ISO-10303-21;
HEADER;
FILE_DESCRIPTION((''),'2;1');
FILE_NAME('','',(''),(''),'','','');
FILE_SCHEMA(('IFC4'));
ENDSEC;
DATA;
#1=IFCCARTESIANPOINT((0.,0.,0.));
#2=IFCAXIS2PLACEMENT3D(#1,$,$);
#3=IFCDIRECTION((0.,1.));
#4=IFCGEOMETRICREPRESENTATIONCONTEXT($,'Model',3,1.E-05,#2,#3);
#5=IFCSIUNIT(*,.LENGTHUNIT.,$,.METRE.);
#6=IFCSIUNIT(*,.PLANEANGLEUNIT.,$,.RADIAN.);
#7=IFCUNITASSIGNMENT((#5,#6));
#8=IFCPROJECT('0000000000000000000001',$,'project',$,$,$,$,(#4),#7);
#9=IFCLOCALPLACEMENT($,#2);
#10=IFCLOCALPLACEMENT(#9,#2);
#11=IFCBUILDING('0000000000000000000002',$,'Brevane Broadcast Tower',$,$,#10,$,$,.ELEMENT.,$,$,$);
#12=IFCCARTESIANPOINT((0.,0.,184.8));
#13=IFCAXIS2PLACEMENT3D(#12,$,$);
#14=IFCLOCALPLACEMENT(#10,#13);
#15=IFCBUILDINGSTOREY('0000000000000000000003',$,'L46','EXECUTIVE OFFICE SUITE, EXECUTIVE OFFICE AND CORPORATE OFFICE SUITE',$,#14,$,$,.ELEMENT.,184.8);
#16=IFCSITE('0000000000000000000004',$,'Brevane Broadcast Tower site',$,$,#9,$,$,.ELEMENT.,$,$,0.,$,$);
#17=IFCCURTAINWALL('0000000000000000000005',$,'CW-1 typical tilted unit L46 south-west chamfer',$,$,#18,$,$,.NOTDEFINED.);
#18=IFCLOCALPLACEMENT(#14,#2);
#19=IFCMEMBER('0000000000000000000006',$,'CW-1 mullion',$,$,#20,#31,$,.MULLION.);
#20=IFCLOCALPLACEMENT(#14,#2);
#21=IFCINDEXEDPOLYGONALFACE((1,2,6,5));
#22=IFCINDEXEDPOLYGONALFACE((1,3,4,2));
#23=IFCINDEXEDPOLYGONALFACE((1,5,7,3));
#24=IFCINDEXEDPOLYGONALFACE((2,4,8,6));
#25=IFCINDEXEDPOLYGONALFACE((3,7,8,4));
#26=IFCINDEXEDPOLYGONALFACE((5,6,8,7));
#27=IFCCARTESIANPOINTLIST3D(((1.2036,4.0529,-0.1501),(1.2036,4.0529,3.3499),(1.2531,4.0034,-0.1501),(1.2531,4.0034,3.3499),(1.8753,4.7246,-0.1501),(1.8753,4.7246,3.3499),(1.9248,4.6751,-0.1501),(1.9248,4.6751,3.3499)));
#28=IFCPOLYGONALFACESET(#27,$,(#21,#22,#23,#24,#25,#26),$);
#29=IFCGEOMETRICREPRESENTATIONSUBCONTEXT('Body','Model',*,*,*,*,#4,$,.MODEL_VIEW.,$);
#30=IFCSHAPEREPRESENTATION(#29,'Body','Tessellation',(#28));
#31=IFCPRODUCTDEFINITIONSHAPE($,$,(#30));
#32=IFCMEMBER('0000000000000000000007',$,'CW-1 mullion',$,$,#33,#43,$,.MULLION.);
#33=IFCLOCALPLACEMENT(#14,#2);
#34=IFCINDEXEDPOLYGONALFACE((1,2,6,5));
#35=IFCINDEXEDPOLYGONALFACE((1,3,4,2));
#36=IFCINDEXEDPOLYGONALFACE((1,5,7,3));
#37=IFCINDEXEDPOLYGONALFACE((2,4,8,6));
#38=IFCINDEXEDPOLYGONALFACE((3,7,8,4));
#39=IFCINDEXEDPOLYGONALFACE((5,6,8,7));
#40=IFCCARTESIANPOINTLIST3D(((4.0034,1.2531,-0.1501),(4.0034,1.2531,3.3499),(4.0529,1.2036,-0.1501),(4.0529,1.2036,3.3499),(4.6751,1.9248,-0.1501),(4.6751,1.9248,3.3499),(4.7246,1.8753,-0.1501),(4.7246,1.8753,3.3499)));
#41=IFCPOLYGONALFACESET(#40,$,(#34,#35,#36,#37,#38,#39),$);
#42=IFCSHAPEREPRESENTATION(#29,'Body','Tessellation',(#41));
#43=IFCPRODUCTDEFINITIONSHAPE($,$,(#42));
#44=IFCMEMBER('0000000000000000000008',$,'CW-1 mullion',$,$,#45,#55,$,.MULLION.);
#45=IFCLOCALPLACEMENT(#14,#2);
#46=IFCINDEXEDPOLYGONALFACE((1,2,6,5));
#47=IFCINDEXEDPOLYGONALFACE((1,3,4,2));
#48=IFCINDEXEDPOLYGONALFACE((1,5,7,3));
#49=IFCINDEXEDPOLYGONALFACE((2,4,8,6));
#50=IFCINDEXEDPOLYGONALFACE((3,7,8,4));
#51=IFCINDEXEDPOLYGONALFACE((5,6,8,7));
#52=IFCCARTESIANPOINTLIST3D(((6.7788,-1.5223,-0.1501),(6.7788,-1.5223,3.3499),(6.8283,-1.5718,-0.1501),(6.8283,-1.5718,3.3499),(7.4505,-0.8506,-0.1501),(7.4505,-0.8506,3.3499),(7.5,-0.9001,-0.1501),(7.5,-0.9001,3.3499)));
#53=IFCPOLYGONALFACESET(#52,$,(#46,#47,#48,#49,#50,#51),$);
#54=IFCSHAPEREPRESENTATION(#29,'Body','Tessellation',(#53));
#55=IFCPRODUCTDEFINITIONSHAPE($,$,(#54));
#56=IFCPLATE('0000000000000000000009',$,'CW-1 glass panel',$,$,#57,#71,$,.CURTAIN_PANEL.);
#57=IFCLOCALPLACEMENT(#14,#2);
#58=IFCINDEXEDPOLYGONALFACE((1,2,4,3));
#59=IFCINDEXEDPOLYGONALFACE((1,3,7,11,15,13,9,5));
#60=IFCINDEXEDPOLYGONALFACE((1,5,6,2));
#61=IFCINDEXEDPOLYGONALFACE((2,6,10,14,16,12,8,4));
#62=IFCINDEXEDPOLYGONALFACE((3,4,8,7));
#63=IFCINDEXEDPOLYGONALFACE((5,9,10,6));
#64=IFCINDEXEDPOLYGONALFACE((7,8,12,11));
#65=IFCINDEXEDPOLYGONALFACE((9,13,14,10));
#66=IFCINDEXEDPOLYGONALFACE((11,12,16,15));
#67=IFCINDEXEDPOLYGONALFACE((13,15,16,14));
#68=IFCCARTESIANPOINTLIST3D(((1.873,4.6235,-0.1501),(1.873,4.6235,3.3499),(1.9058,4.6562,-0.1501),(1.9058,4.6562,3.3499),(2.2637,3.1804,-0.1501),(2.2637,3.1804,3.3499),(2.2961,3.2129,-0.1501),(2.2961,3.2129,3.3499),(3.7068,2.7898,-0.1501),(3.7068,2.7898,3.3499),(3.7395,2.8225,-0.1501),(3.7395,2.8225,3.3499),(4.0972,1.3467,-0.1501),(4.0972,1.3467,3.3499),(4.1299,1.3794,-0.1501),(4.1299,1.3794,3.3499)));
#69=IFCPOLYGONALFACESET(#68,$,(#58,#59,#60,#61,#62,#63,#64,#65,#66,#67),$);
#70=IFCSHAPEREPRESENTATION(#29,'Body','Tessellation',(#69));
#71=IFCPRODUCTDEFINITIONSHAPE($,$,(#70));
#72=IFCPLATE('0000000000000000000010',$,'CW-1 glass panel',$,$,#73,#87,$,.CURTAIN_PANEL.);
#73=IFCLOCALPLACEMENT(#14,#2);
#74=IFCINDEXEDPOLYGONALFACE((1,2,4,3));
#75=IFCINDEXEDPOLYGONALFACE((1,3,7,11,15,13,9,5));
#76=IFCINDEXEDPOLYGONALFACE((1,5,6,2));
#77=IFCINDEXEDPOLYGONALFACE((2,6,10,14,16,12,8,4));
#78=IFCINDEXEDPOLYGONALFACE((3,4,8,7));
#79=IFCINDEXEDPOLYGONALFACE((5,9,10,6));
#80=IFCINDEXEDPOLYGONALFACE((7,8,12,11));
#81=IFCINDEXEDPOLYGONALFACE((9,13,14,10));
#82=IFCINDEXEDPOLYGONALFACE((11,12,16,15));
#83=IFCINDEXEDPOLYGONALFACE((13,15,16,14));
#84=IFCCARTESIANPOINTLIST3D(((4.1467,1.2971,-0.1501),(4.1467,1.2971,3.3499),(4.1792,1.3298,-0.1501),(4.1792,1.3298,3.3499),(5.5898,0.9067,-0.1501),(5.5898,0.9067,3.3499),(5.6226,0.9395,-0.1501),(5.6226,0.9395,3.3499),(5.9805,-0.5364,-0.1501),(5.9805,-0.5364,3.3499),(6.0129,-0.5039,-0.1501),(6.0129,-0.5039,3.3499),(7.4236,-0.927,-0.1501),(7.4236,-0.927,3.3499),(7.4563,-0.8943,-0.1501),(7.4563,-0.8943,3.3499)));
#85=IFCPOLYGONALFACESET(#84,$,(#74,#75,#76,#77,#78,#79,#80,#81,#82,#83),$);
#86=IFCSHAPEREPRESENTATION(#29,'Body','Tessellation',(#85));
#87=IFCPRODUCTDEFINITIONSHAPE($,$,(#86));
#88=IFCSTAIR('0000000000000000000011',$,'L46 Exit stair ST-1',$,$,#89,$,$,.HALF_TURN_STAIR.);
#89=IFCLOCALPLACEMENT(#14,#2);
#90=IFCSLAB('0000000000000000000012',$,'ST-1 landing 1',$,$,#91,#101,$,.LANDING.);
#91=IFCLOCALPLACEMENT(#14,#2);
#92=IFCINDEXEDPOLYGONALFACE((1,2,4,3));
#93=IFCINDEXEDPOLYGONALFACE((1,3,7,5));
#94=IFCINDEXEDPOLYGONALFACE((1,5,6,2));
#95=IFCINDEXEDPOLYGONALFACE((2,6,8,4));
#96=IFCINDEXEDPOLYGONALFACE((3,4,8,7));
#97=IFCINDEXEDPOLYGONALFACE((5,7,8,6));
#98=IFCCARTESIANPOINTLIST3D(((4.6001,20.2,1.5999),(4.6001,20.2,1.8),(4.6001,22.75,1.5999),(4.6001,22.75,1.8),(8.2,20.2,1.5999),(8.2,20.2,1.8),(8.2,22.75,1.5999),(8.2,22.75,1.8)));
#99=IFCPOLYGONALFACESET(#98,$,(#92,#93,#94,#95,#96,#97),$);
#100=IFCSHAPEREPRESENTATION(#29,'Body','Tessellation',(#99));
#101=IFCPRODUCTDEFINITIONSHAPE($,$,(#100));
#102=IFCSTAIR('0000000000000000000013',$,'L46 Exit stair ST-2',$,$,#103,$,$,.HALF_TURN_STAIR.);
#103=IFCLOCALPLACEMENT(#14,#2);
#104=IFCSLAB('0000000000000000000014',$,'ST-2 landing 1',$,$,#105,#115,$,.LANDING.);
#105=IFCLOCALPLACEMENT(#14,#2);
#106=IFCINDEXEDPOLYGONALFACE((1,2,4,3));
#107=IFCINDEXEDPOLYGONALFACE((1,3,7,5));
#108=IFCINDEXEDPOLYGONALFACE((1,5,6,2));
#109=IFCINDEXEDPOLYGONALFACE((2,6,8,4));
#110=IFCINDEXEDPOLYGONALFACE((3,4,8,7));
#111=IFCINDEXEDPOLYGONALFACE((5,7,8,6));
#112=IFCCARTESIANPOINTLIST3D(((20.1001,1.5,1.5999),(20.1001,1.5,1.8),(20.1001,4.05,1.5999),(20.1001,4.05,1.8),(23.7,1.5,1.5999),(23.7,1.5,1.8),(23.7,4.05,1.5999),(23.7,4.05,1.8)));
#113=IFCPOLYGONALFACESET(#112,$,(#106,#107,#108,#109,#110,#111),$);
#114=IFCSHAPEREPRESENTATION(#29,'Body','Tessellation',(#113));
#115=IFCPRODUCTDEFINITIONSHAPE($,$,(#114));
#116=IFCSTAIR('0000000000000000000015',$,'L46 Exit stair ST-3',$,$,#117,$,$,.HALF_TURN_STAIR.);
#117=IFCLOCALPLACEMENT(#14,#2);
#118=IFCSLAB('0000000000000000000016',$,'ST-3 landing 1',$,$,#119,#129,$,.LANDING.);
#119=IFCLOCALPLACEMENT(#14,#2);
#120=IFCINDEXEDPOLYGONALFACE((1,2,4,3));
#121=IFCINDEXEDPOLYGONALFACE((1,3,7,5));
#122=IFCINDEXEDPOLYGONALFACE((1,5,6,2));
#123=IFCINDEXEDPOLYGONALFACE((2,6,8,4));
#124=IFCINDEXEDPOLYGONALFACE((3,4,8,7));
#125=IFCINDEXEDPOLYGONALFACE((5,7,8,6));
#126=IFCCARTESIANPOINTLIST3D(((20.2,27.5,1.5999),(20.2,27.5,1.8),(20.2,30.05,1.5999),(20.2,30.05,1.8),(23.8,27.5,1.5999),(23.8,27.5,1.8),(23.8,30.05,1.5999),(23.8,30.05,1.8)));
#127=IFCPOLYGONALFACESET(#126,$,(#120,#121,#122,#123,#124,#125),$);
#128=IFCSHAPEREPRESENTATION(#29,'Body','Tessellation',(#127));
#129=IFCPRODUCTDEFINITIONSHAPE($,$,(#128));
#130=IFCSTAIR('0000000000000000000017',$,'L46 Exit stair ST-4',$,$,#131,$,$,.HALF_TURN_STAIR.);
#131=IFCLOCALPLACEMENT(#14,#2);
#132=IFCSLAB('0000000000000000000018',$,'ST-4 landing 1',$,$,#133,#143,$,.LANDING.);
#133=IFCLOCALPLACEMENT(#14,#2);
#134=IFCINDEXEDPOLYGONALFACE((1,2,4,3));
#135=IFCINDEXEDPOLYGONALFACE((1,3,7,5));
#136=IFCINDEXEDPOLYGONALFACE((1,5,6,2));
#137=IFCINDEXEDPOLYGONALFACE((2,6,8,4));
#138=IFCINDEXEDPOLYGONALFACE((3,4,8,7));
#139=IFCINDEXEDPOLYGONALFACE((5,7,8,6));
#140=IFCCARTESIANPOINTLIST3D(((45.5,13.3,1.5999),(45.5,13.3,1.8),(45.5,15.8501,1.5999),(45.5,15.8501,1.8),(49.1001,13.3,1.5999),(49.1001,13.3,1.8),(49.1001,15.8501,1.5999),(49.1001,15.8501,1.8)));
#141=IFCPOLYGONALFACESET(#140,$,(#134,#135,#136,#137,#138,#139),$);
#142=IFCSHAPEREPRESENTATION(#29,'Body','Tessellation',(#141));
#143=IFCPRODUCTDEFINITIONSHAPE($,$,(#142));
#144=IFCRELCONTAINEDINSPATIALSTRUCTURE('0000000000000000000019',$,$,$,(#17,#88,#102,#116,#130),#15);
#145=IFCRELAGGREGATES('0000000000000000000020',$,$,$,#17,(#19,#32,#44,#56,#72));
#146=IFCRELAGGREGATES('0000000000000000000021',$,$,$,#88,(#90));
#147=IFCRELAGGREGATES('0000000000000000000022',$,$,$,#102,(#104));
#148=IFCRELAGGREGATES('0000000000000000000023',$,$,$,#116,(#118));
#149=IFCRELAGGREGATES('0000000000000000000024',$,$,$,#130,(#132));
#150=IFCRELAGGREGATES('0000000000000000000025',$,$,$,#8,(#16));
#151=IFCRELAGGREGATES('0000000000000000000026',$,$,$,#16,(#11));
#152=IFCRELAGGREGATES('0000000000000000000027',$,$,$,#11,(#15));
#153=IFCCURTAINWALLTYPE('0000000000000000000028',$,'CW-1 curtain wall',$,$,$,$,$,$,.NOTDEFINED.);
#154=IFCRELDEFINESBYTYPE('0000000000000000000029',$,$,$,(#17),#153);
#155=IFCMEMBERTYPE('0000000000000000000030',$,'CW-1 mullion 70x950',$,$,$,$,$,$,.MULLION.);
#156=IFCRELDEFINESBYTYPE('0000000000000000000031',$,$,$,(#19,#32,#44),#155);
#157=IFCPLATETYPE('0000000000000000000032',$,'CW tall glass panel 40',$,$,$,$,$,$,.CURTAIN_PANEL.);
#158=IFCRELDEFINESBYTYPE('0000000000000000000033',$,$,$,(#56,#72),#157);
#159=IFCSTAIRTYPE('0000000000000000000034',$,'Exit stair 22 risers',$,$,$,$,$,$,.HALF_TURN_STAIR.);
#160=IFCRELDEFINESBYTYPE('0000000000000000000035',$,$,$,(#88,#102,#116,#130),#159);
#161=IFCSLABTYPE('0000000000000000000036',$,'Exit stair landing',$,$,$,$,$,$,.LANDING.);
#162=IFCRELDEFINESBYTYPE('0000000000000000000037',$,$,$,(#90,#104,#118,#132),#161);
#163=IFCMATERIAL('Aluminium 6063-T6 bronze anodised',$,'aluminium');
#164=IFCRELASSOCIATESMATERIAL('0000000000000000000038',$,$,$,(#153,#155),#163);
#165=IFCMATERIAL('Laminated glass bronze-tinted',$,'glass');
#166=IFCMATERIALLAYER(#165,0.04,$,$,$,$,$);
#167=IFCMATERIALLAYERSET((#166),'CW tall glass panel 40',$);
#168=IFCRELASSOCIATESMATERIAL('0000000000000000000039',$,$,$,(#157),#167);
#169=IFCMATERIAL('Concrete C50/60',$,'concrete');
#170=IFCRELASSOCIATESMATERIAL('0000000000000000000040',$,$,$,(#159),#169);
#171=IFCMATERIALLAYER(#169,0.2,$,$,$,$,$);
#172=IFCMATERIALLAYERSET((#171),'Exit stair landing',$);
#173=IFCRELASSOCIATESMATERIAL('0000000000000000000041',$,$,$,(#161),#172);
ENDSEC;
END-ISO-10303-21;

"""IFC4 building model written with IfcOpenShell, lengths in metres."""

from ifc_helpers import new_model, si_unit, direction, frame, origin, origin_2d, place, context, subcontext, project, spatial, polyline, rectangle, outline, extrude, material, layer, layer_set, material_profile, profile_set, type_object, element, aggregate, save


model = new_model("IFC4")

# Units and contexts
model_context = context("Model", 3, precision=1e-05, world=origin(), true_north=direction((0.0, 1.0)))
body_context = subcontext(model_context, "Body", "Model", "MODEL_VIEW")
ifc_project = project(units=[si_unit("LENGTHUNIT", "METRE"), si_unit("PLANEANGLEUNIT", "RADIAN")], contexts=[model_context])

# Site, building, storey
site_placement = place(None, origin())
site = spatial("IfcSite", under=ifc_project, at=site_placement, Name="Brevane Broadcast Tower site", CompositionType="ELEMENT", RefElevation=0.0)
building_placement = place(site_placement, origin())
building = spatial("IfcBuilding", under=site, at=building_placement, Name="Brevane Broadcast Tower", CompositionType="ELEMENT")
storey_placement = place(building_placement, frame((0.0, 0.0, 184.8)))
storey = spatial("IfcBuildingStorey", under=building, at=storey_placement, Name="L46", Description="EXECUTIVE OFFICE SUITE, EXECUTIVE OFFICE AND CORPORATE OFFICE SUITE", CompositionType="ELEMENT", Elevation=184.8)

# Curtain wall, members, plates
ifc_material_1 = material(Name="Aluminium 6063-T6 bronze anodised", Category="aluminium")
curtain_wall_type = type_object("IfcCurtainWallType", Name="CW-1 curtain wall", PredefinedType="NOTDEFINED", material=ifc_material_1)
curtain_wall_1_placement = place(storey_placement, origin())
curtain_wall_1 = element("IfcCurtainWall", 1, at=curtain_wall_1_placement, inside=storey, type_object=curtain_wall_type, Name="CW-1 typical tilted unit L46 south-west chamfer", PredefinedType="NOTDEFINED")
ifc_material_profile = material_profile(ifc_material_1, rectangle(XDim=0.95, YDim=0.0701, at=origin_2d()), Name="RECT 70x950")
ifc_profile_set = profile_set([ifc_material_profile], Name="Aluminium 6063-T6 bronze anodised")
member_type = type_object("IfcMemberType", Name="CW-1 mullion 70x950", PredefinedType="MULLION", material=ifc_profile_set)
member_1_placement = place(storey_placement, frame((1.5642, 4.364, -0.1501), z_axis=(0.0, 0.0, 1.0), x_axis=(0.707107, 0.707107, 0.0)))
member_1 = element("IfcMember", 2, at=member_1_placement, type_object=member_type, Name="CW-1 mullion", PredefinedType="MULLION", context=body_context, shape_type="SweptSolid", body=[
    extrude(rectangle(XDim=0.95, YDim=0.0701, at=origin_2d()), origin(), (0.0, 0.0, 1.0), 3.5),
])
member_2_placement = place(storey_placement, frame((4.364, 1.5642, -0.1501), z_axis=(0.0, 0.0, 1.0), x_axis=(0.707107, 0.707107, 0.0)))
member_2 = element("IfcMember", 3, at=member_2_placement, type_object=member_type, Name="CW-1 mullion", PredefinedType="MULLION", context=body_context, shape_type="SweptSolid", body=[
    extrude(rectangle(XDim=0.95, YDim=0.0701, at=origin_2d()), origin(), (0.0, 0.0, 1.0), 3.5),
])
member_3_placement = place(storey_placement, frame((7.1394, -1.2112, -0.1501), z_axis=(0.0, 0.0, 1.0), x_axis=(0.707107, 0.707107, 0.0)))
member_3 = element("IfcMember", 4, at=member_3_placement, type_object=member_type, Name="CW-1 mullion", PredefinedType="MULLION", context=body_context, shape_type="SweptSolid", body=[
    extrude(rectangle(XDim=0.95, YDim=0.0701, at=origin_2d()), origin(), (0.0, 0.0, 1.0), 3.5),
])
ifc_material_2 = material(Name="Laminated glass bronze-tinted", Category="glass")
ifc_layer_1 = layer(ifc_material_2, 0.04)
ifc_layer_set_1 = layer_set([ifc_layer_1], Name="CW tall glass panel 40")
plate_type = type_object("IfcPlateType", Name="CW tall glass panel 40", PredefinedType="CURTAIN_PANEL", material=ifc_layer_set_1)
plate_1_placement = place(storey_placement, frame((0.0, 0.0, -0.1501)))
plate_1 = element("IfcPlate", 5, at=plate_1_placement, type_object=plate_type, Name="CW-1 glass panel", PredefinedType="CURTAIN_PANEL", context=body_context, shape_type="SweptSolid", body=[
    extrude(outline(polyline([(1.9058, 4.6562), (1.873, 4.6235), (2.2637, 3.1804), (3.7068, 2.7898), (4.0972, 1.3467), (4.1299, 1.3794), (3.7395, 2.8225), (2.2961, 3.2129), (1.9058, 4.6562)])), origin(), (0.0, 0.0, 1.0), 3.5),
])
plate_2_placement = place(storey_placement, frame((0.0, 0.0, -0.1501)))
plate_2 = element("IfcPlate", 6, at=plate_2_placement, type_object=plate_type, Name="CW-1 glass panel", PredefinedType="CURTAIN_PANEL", context=body_context, shape_type="SweptSolid", body=[
    extrude(outline(polyline([(4.1792, 1.3298), (4.1467, 1.2971), (5.5898, 0.9067), (5.9805, -0.5364), (7.4236, -0.927), (7.4563, -0.8943), (6.0129, -0.5039), (5.6226, 0.9395), (4.1792, 1.3298)])), origin(), (0.0, 0.0, 1.0), 3.5),
])
aggregate(curtain_wall_1, [member_1, member_2, member_3, plate_1, plate_2])

# Stairs, slabs
ifc_material_3 = material(Name="Concrete C50/60", Category="concrete")
stair_type = type_object("IfcStairType", Name="Exit stair 22 risers", PredefinedType="HALF_TURN_STAIR", material=ifc_material_3)
stair_1_placement = place(storey_placement, origin())
stair_1 = element("IfcStair", 7, at=stair_1_placement, inside=storey, type_object=stair_type, Name="L46 Exit stair ST-1", PredefinedType="HALF_TURN_STAIR")
ifc_layer_2 = layer(ifc_material_3, 0.2)
ifc_layer_set_2 = layer_set([ifc_layer_2], Name="Exit stair landing")
slab_type_1 = type_object("IfcSlabType", Name="Exit stair landing", PredefinedType="LANDING", material=ifc_layer_set_2)
slab_1_placement = place(storey_placement, frame((0.0, 0.0, 1.5999)))
slab_1 = element("IfcSlab", 8, at=slab_1_placement, type_object=slab_type_1, Name="ST-1 landing 1", PredefinedType="LANDING", context=body_context, shape_type="SweptSolid", body=[
    extrude(outline(polyline([(4.6001, 20.2), (8.2, 20.2), (8.2, 22.75), (4.6001, 22.75), (4.6001, 20.2)])), origin(), (0.0, 0.0, 1.0), 0.2002),
])
aggregate(stair_1, [slab_1])
stair_2_placement = place(storey_placement, origin())
stair_2 = element("IfcStair", 9, at=stair_2_placement, inside=storey, type_object=stair_type, Name="L46 Exit stair ST-2", PredefinedType="HALF_TURN_STAIR")
slab_2_placement = place(storey_placement, frame((0.0, 0.0, 1.5999)))
slab_2 = element("IfcSlab", 10, at=slab_2_placement, type_object=slab_type_1, Name="ST-2 landing 1", PredefinedType="LANDING", context=body_context, shape_type="SweptSolid", body=[
    extrude(outline(polyline([(20.1001, 1.5), (23.7, 1.5), (23.7, 4.05), (20.1001, 4.05), (20.1001, 1.5)])), origin(), (0.0, 0.0, 1.0), 0.2002),
])
aggregate(stair_2, [slab_2])
stair_3_placement = place(storey_placement, origin())
stair_3 = element("IfcStair", 11, at=stair_3_placement, inside=storey, type_object=stair_type, Name="L46 Exit stair ST-3", PredefinedType="HALF_TURN_STAIR")
slab_3_placement = place(storey_placement, frame((0.0, 0.0, 1.5999)))
slab_3 = element("IfcSlab", 12, at=slab_3_placement, type_object=slab_type_1, Name="ST-3 landing 1", PredefinedType="LANDING", context=body_context, shape_type="SweptSolid", body=[
    extrude(outline(polyline([(20.2, 27.5), (23.8, 27.5), (23.8, 30.05), (20.2, 30.05), (20.2, 27.5)])), origin(), (0.0, 0.0, 1.0), 0.2002),
])
aggregate(stair_3, [slab_3])
stair_4_placement = place(storey_placement, origin())
stair_4 = element("IfcStair", 13, at=stair_4_placement, inside=storey, type_object=stair_type, Name="L46 Exit stair ST-4", PredefinedType="HALF_TURN_STAIR")
slab_4_placement = place(storey_placement, frame((0.0, 0.0, 1.5999)))
slab_4 = element("IfcSlab", 14, at=slab_4_placement, type_object=slab_type_1, Name="ST-4 landing 1", PredefinedType="LANDING", context=body_context, shape_type="SweptSolid", body=[
    extrude(outline(polyline([(45.5, 13.3), (49.1001, 13.3), (49.1001, 15.8501), (45.5, 15.8501), (45.5, 13.3)])), origin(), (0.0, 0.0, 1.0), 0.2002),
])
aggregate(stair_4, [slab_4])

save(model, "model.ifc")
